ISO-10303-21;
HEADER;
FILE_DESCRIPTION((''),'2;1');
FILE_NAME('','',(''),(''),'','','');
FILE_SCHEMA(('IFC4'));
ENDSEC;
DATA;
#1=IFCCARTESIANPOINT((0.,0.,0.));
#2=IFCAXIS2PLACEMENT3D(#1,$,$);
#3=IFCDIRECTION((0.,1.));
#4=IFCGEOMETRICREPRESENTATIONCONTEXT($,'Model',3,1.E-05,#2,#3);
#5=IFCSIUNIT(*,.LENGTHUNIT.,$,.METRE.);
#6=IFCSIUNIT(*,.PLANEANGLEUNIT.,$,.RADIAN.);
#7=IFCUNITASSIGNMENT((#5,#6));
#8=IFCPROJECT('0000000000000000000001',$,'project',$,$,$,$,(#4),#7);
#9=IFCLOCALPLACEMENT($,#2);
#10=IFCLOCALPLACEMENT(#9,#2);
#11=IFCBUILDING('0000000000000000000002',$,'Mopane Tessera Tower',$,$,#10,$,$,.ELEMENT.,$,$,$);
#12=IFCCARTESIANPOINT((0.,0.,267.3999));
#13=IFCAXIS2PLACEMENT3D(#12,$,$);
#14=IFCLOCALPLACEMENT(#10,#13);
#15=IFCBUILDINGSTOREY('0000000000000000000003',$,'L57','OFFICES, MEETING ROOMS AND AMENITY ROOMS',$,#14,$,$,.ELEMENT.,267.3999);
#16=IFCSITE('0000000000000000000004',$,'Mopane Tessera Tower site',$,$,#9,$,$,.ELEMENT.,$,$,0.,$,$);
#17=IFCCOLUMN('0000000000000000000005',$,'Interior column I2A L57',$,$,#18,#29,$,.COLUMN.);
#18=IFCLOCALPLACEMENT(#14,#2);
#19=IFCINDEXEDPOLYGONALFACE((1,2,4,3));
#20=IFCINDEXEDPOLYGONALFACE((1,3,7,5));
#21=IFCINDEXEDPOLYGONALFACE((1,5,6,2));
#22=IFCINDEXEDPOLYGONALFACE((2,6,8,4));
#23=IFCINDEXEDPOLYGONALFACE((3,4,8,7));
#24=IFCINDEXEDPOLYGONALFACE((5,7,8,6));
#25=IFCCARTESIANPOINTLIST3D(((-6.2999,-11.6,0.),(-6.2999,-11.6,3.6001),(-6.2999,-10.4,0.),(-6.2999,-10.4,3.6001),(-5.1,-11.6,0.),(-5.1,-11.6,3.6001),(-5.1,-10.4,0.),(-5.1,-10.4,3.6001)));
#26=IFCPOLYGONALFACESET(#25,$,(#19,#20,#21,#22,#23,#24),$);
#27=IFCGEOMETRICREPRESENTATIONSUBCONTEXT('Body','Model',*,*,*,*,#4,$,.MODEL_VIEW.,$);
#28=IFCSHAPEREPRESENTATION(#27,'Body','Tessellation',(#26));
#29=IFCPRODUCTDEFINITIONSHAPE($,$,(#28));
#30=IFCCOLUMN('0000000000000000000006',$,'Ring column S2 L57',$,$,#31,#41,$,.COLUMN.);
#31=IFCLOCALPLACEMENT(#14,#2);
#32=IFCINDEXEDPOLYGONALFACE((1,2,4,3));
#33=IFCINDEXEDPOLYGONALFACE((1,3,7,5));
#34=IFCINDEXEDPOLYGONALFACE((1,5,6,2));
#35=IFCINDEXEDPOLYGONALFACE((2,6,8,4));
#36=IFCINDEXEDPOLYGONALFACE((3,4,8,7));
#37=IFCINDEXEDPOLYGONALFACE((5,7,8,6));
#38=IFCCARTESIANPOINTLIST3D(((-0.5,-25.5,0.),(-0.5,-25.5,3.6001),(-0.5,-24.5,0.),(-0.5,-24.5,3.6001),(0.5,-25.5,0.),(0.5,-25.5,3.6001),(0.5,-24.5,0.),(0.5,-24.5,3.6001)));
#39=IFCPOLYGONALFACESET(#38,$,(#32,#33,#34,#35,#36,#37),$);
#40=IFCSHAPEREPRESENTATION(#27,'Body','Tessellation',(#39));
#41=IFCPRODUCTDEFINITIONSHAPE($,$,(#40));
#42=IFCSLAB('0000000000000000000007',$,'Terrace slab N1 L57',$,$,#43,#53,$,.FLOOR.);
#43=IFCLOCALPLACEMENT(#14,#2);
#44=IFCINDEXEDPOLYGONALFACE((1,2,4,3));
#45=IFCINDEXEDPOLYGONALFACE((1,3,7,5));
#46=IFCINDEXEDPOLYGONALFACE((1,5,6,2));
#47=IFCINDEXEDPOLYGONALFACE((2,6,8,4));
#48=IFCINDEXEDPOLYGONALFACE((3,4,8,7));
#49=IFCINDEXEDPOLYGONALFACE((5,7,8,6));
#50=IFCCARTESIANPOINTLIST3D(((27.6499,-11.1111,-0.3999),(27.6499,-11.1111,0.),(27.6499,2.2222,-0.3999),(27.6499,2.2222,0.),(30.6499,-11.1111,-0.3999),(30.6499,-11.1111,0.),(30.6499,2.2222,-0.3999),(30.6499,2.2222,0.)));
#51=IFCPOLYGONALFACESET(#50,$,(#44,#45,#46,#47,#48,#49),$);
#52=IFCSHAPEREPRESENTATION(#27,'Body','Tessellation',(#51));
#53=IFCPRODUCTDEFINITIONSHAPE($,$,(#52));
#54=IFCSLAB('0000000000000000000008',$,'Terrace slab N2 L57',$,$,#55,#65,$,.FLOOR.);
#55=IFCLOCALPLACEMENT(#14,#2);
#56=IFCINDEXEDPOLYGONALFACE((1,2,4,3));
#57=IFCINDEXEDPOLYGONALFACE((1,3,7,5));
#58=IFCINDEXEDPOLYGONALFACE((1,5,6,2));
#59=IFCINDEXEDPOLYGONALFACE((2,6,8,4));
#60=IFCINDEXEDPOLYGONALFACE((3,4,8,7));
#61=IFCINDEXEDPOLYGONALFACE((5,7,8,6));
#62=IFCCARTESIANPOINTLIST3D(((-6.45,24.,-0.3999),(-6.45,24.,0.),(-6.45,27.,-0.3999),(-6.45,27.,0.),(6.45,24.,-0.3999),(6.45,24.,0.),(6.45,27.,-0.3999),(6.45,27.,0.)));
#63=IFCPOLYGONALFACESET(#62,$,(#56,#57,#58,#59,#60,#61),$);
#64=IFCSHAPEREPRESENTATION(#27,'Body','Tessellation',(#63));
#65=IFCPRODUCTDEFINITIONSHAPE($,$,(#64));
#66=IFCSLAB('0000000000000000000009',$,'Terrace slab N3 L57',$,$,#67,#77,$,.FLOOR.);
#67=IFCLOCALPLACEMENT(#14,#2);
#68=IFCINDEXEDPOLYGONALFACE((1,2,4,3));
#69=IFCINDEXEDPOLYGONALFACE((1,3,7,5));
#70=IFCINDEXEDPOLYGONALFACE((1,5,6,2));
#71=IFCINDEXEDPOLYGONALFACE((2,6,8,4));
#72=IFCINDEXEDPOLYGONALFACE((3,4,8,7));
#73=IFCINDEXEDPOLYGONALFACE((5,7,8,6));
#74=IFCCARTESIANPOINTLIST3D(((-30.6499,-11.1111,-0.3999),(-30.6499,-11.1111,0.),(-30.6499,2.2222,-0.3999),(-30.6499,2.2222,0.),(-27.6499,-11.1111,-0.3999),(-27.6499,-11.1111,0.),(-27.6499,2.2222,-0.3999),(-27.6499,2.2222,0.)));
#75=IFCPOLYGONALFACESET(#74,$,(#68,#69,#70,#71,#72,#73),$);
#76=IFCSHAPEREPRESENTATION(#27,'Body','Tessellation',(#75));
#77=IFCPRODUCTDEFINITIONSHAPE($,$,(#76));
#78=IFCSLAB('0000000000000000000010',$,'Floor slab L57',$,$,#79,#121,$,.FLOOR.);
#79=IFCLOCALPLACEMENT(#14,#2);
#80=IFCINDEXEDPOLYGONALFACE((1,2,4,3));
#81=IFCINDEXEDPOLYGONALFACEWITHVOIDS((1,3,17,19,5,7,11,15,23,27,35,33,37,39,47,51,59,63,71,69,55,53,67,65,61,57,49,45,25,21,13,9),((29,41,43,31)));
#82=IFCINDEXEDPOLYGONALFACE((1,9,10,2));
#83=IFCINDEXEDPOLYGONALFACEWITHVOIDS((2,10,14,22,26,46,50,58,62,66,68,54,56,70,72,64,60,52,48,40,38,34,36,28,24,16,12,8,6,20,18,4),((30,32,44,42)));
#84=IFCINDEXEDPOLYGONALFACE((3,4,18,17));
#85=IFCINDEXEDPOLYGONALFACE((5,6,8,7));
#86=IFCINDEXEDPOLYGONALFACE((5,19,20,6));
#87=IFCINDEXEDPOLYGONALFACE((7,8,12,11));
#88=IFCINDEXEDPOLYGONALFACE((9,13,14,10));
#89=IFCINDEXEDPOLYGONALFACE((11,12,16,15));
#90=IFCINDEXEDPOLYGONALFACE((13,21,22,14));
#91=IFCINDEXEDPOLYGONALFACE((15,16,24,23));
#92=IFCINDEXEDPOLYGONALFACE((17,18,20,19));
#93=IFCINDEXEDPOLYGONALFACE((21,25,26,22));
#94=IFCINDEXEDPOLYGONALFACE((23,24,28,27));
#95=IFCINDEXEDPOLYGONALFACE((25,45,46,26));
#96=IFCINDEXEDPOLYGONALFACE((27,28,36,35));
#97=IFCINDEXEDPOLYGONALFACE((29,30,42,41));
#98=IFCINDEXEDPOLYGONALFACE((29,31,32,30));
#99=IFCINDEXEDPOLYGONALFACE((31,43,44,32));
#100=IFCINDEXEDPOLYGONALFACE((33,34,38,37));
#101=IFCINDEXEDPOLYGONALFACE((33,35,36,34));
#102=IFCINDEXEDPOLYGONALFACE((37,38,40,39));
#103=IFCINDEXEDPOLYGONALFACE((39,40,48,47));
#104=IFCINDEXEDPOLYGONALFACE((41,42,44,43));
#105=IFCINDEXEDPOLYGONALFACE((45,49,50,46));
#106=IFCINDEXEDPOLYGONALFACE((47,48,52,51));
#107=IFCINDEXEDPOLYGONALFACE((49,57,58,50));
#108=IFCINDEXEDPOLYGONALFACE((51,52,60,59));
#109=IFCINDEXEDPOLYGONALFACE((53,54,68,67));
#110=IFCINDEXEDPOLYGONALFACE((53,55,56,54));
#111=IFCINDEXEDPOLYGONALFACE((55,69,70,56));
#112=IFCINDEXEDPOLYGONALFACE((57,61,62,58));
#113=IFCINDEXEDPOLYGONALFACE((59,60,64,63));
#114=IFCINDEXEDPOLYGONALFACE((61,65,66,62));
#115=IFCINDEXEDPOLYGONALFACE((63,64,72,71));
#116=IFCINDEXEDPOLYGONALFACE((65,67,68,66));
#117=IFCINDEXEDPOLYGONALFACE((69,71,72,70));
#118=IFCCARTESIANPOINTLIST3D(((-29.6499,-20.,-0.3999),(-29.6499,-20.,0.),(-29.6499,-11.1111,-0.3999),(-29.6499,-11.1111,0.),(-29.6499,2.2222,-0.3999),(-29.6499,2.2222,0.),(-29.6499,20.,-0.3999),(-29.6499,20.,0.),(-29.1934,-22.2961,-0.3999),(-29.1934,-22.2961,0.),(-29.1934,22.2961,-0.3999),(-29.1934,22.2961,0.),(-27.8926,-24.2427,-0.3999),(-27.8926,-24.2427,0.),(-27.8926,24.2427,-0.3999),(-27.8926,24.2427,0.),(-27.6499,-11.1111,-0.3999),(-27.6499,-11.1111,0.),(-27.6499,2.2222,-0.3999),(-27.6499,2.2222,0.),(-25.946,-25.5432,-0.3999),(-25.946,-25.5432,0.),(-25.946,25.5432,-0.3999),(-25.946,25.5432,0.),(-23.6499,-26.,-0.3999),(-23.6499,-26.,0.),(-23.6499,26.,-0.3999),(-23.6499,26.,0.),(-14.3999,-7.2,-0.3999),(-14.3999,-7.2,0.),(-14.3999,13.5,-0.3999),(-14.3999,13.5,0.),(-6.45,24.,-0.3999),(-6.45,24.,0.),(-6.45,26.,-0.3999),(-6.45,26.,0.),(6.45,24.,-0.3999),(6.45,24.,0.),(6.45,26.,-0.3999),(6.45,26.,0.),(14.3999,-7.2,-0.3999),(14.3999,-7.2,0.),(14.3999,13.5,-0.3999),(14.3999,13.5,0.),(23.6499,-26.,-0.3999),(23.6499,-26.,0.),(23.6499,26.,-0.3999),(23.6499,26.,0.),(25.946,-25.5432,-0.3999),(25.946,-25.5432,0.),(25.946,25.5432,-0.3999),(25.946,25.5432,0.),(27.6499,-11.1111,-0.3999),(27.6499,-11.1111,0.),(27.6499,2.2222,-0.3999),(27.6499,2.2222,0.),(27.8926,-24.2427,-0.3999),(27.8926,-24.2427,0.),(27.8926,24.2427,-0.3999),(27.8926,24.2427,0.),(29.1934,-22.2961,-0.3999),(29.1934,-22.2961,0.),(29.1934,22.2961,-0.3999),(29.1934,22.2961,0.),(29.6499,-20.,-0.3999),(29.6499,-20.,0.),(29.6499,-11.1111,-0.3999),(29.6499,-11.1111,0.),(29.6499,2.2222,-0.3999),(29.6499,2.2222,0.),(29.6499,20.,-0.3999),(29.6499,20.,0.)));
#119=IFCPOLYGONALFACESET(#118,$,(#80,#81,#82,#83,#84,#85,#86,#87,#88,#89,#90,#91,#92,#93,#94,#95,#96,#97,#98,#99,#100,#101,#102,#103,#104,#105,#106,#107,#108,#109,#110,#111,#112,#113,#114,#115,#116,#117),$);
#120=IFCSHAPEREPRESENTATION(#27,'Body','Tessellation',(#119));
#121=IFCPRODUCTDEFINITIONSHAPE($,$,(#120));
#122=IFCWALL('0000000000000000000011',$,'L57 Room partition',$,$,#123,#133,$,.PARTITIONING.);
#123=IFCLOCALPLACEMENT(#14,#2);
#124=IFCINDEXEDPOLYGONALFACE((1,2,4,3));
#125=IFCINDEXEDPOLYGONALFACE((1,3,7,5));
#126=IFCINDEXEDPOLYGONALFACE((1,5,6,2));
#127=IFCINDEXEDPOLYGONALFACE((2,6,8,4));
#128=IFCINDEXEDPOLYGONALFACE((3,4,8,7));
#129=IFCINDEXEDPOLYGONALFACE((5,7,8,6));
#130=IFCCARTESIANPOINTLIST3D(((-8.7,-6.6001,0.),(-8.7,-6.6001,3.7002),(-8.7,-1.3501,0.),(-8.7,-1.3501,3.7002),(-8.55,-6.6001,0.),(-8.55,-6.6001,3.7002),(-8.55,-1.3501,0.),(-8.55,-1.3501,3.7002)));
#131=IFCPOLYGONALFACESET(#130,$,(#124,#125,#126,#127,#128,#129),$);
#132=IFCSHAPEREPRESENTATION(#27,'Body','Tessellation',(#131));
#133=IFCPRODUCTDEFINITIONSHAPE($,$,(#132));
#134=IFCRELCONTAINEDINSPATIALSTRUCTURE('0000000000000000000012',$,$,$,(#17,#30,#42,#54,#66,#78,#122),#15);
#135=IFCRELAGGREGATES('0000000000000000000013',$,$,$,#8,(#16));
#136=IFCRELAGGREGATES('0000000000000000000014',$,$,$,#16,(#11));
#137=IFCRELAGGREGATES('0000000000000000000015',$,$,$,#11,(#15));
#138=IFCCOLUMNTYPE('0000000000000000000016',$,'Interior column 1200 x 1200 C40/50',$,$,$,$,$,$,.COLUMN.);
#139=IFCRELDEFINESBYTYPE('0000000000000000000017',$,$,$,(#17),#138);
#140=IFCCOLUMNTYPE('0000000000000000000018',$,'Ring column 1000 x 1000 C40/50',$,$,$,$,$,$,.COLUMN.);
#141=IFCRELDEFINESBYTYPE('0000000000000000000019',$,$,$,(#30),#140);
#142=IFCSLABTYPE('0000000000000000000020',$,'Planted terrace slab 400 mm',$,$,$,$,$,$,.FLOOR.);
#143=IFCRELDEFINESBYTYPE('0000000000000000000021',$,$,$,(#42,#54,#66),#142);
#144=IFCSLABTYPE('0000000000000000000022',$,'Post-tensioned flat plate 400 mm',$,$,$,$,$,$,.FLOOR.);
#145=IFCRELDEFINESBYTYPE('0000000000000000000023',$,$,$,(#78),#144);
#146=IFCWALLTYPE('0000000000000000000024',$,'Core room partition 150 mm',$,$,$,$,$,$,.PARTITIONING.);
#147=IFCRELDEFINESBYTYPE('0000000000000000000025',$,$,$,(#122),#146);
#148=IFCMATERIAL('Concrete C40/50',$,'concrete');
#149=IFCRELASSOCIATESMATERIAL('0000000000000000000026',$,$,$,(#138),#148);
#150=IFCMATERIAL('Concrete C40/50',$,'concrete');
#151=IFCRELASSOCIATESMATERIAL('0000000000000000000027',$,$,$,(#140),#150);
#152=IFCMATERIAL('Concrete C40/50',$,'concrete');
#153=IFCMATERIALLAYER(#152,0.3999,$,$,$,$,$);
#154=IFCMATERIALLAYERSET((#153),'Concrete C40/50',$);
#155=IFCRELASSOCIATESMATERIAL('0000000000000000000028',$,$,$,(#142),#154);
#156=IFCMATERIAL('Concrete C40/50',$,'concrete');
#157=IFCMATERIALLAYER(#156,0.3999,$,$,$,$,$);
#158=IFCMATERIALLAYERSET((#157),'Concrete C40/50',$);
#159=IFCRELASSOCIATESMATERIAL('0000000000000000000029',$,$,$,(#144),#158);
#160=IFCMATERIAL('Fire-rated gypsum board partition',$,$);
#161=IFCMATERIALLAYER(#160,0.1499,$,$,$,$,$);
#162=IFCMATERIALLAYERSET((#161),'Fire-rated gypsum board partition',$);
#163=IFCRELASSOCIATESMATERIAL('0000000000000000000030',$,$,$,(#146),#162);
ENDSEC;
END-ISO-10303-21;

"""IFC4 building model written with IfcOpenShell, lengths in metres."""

from ifc_helpers import new_model, si_unit, direction, frame, frame_2d, origin, origin_2d, place, context, subcontext, project, spatial, polyline, rectangle, outline, extrude, material, layer, layer_set, material_profile, profile_set, type_object, element, save


model = new_model("IFC4")

# Units and contexts
model_context = context("Model", 3, precision=1e-05, world=origin(), true_north=direction((0.0, 1.0)))
body_context = subcontext(model_context, "Body", "Model", "MODEL_VIEW")
ifc_project = project(units=[si_unit("LENGTHUNIT", "METRE"), si_unit("PLANEANGLEUNIT", "RADIAN")], contexts=[model_context])

# Site, building, storey
site_placement = place(None, origin())
site = spatial("IfcSite", under=ifc_project, at=site_placement, Name="Mopane Tessera Tower site", CompositionType="ELEMENT", RefElevation=0.0)
building_placement = place(site_placement, origin())
building = spatial("IfcBuilding", under=site, at=building_placement, Name="Mopane Tessera Tower", CompositionType="ELEMENT")
storey_placement = place(building_placement, frame((0.0, 0.0, 267.3999)))
storey = spatial("IfcBuildingStorey", under=building, at=storey_placement, Name="L57", Description="OFFICES, MEETING ROOMS AND AMENITY ROOMS", CompositionType="ELEMENT", Elevation=267.3999)

# Columns
ifc_material_1 = material(Name="Concrete C40/50", Category="concrete")
ifc_material_profile_1 = material_profile(ifc_material_1, rectangle(XDim=1.2, YDim=1.2, at=origin_2d()))
ifc_profile_set_1 = profile_set([ifc_material_profile_1], Name="Concrete C40/50")
column_type_1 = type_object("IfcColumnType", Name="Interior column 1200 x 1200 C40/50", PredefinedType="COLUMN", material=ifc_profile_set_1)
column_1_placement = place(storey_placement, frame((-5.7, -11.0, 0.0), z_axis=(0.0, 0.0, 1.0), x_axis=(1.0, 0.0, 0.0)))
element("IfcColumn", 1, at=column_1_placement, inside=storey, type_object=column_type_1, Name="Interior column I2A L57", PredefinedType="COLUMN", context=body_context, shape_type="SweptSolid", body=[
    extrude(rectangle(XDim=1.2, YDim=1.2, at=origin_2d()), origin(), (0.0, 0.0, 1.0), 3.6001),
])
ifc_material_2 = material(Name="Concrete C40/50", Category="concrete")
ifc_material_profile_2 = material_profile(ifc_material_2, rectangle(XDim=1.0, YDim=1.0, at=origin_2d()))
ifc_profile_set_2 = profile_set([ifc_material_profile_2], Name="Concrete C40/50")
column_type_2 = type_object("IfcColumnType", Name="Ring column 1000 x 1000 C40/50", PredefinedType="COLUMN", material=ifc_profile_set_2)
column_2_placement = place(storey_placement, frame((0.0, -25.0, 0.0), z_axis=(0.0, 0.0, 1.0), x_axis=(1.0, 0.0, 0.0)))
element("IfcColumn", 2, at=column_2_placement, inside=storey, type_object=column_type_2, Name="Ring column S2 L57", PredefinedType="COLUMN", context=body_context, shape_type="SweptSolid", body=[
    extrude(rectangle(XDim=1.0, YDim=1.0, at=origin_2d()), origin(), (0.0, 0.0, 1.0), 3.6001),
])

# Slabs
ifc_material_3 = material(Name="Concrete C40/50", Category="concrete")
ifc_layer_1 = layer(ifc_material_3, 0.3999)
ifc_layer_set_1 = layer_set([ifc_layer_1], Name="Concrete C40/50")
slab_type_1 = type_object("IfcSlabType", Name="Planted terrace slab 400 mm", PredefinedType="FLOOR", material=ifc_layer_set_1)
slab_1_placement = place(storey_placement, frame((0.0, 0.0, -0.3999)))
element("IfcSlab", 3, at=slab_1_placement, inside=storey, type_object=slab_type_1, Name="Terrace slab N1 L57", PredefinedType="FLOOR", context=body_context, shape_type="SweptSolid", body=[
    extrude(outline(polyline([(30.6499, 2.2222), (27.6499, 2.2222), (27.6499, -11.1111), (30.6499, -11.1111), (30.6499, 2.2222)])), origin(), (0.0, 0.0, 1.0), 0.3999),
])
slab_2_placement = place(storey_placement, frame((0.0, 0.0, -0.3999)))
element("IfcSlab", 4, at=slab_2_placement, inside=storey, type_object=slab_type_1, Name="Terrace slab N2 L57", PredefinedType="FLOOR", context=body_context, shape_type="SweptSolid", body=[
    extrude(outline(polyline([(-6.45, 27.0), (-6.45, 24.0), (6.45, 24.0), (6.45, 27.0), (-6.45, 27.0)])), origin(), (0.0, 0.0, 1.0), 0.3999),
])
slab_3_placement = place(storey_placement, frame((0.0, 0.0, -0.3999)))
element("IfcSlab", 5, at=slab_3_placement, inside=storey, type_object=slab_type_1, Name="Terrace slab N3 L57", PredefinedType="FLOOR", context=body_context, shape_type="SweptSolid", body=[
    extrude(outline(polyline([(-30.6499, -11.1111), (-27.6499, -11.1111), (-27.6499, 2.2222), (-30.6499, 2.2222), (-30.6499, -11.1111)])), origin(), (0.0, 0.0, 1.0), 0.3999),
])
ifc_material_4 = material(Name="Concrete C40/50", Category="concrete")
ifc_layer_2 = layer(ifc_material_4, 0.3999)
ifc_layer_set_2 = layer_set([ifc_layer_2], Name="Concrete C40/50")
slab_type_2 = type_object("IfcSlabType", Name="Post-tensioned flat plate 400 mm", PredefinedType="FLOOR", material=ifc_layer_set_2)
slab_4_placement = place(storey_placement, frame((0.0, 0.0, -0.3999)))
element("IfcSlab", 6, at=slab_4_placement, inside=storey, type_object=slab_type_2, Name="Floor slab L57", PredefinedType="FLOOR", context=body_context, shape_type="SweptSolid", body=[
    extrude(outline(polyline([(29.6499, -20.0), (29.6499, -11.1111), (27.6499, -11.1111), (27.6499, 2.2222), (29.6499, 2.2222), (29.6499, 20.0), (29.1934, 22.2961), (27.8926, 24.2427), (25.946, 25.5432), (23.6499, 26.0), (6.45, 26.0), (6.45, 24.0), (-6.45, 24.0), (-6.45, 26.0), (-23.6499, 26.0), (-25.946, 25.5432), (-27.8926, 24.2427), (-29.1934, 22.2961), (-29.6499, 20.0), (-29.6499, 2.2222), (-27.6499, 2.2222), (-27.6499, -11.1111), (-29.6499, -11.1111), (-29.6499, -20.0), (-29.1934, -22.2961), (-27.8926, -24.2427), (-25.946, -25.5432), (-23.6499, -26.0), (23.6499, -26.0), (25.946, -25.5432), (27.8926, -24.2427), (29.1934, -22.2961), (29.6499, -20.0)]), holes=[polyline([(14.3999, -7.2), (-14.3999, -7.2), (-14.3999, 13.5), (14.3999, 13.5), (14.3999, -7.2)])]), origin(), (0.0, 0.0, 1.0), 0.3999),
])

# Wall
ifc_material_5 = material(Name="Fire-rated gypsum board partition")
ifc_layer_3 = layer(ifc_material_5, 0.1499)
ifc_layer_set_3 = layer_set([ifc_layer_3], Name="Fire-rated gypsum board partition")
wall_type_1 = type_object("IfcWallType", Name="Core room partition 150 mm", PredefinedType="PARTITIONING", material=ifc_layer_set_3)
wall_1_placement = place(storey_placement, frame((-8.625, -6.6001, 0.0), z_axis=(0.0, 0.0, 1.0), x_axis=(0.0, 1.0, 0.0)))
element("IfcWall", 7, at=wall_1_placement, inside=storey, type_object=wall_type_1, Name="L57 Room partition", PredefinedType="PARTITIONING", context=body_context, shape_type="SweptSolid", body=[
    extrude(rectangle(XDim=5.25, YDim=0.1499, at=frame_2d((2.625, 0.0))), origin(), (0.0, 0.0, 1.0), 3.7002),
])

save(model, "model.ifc")
